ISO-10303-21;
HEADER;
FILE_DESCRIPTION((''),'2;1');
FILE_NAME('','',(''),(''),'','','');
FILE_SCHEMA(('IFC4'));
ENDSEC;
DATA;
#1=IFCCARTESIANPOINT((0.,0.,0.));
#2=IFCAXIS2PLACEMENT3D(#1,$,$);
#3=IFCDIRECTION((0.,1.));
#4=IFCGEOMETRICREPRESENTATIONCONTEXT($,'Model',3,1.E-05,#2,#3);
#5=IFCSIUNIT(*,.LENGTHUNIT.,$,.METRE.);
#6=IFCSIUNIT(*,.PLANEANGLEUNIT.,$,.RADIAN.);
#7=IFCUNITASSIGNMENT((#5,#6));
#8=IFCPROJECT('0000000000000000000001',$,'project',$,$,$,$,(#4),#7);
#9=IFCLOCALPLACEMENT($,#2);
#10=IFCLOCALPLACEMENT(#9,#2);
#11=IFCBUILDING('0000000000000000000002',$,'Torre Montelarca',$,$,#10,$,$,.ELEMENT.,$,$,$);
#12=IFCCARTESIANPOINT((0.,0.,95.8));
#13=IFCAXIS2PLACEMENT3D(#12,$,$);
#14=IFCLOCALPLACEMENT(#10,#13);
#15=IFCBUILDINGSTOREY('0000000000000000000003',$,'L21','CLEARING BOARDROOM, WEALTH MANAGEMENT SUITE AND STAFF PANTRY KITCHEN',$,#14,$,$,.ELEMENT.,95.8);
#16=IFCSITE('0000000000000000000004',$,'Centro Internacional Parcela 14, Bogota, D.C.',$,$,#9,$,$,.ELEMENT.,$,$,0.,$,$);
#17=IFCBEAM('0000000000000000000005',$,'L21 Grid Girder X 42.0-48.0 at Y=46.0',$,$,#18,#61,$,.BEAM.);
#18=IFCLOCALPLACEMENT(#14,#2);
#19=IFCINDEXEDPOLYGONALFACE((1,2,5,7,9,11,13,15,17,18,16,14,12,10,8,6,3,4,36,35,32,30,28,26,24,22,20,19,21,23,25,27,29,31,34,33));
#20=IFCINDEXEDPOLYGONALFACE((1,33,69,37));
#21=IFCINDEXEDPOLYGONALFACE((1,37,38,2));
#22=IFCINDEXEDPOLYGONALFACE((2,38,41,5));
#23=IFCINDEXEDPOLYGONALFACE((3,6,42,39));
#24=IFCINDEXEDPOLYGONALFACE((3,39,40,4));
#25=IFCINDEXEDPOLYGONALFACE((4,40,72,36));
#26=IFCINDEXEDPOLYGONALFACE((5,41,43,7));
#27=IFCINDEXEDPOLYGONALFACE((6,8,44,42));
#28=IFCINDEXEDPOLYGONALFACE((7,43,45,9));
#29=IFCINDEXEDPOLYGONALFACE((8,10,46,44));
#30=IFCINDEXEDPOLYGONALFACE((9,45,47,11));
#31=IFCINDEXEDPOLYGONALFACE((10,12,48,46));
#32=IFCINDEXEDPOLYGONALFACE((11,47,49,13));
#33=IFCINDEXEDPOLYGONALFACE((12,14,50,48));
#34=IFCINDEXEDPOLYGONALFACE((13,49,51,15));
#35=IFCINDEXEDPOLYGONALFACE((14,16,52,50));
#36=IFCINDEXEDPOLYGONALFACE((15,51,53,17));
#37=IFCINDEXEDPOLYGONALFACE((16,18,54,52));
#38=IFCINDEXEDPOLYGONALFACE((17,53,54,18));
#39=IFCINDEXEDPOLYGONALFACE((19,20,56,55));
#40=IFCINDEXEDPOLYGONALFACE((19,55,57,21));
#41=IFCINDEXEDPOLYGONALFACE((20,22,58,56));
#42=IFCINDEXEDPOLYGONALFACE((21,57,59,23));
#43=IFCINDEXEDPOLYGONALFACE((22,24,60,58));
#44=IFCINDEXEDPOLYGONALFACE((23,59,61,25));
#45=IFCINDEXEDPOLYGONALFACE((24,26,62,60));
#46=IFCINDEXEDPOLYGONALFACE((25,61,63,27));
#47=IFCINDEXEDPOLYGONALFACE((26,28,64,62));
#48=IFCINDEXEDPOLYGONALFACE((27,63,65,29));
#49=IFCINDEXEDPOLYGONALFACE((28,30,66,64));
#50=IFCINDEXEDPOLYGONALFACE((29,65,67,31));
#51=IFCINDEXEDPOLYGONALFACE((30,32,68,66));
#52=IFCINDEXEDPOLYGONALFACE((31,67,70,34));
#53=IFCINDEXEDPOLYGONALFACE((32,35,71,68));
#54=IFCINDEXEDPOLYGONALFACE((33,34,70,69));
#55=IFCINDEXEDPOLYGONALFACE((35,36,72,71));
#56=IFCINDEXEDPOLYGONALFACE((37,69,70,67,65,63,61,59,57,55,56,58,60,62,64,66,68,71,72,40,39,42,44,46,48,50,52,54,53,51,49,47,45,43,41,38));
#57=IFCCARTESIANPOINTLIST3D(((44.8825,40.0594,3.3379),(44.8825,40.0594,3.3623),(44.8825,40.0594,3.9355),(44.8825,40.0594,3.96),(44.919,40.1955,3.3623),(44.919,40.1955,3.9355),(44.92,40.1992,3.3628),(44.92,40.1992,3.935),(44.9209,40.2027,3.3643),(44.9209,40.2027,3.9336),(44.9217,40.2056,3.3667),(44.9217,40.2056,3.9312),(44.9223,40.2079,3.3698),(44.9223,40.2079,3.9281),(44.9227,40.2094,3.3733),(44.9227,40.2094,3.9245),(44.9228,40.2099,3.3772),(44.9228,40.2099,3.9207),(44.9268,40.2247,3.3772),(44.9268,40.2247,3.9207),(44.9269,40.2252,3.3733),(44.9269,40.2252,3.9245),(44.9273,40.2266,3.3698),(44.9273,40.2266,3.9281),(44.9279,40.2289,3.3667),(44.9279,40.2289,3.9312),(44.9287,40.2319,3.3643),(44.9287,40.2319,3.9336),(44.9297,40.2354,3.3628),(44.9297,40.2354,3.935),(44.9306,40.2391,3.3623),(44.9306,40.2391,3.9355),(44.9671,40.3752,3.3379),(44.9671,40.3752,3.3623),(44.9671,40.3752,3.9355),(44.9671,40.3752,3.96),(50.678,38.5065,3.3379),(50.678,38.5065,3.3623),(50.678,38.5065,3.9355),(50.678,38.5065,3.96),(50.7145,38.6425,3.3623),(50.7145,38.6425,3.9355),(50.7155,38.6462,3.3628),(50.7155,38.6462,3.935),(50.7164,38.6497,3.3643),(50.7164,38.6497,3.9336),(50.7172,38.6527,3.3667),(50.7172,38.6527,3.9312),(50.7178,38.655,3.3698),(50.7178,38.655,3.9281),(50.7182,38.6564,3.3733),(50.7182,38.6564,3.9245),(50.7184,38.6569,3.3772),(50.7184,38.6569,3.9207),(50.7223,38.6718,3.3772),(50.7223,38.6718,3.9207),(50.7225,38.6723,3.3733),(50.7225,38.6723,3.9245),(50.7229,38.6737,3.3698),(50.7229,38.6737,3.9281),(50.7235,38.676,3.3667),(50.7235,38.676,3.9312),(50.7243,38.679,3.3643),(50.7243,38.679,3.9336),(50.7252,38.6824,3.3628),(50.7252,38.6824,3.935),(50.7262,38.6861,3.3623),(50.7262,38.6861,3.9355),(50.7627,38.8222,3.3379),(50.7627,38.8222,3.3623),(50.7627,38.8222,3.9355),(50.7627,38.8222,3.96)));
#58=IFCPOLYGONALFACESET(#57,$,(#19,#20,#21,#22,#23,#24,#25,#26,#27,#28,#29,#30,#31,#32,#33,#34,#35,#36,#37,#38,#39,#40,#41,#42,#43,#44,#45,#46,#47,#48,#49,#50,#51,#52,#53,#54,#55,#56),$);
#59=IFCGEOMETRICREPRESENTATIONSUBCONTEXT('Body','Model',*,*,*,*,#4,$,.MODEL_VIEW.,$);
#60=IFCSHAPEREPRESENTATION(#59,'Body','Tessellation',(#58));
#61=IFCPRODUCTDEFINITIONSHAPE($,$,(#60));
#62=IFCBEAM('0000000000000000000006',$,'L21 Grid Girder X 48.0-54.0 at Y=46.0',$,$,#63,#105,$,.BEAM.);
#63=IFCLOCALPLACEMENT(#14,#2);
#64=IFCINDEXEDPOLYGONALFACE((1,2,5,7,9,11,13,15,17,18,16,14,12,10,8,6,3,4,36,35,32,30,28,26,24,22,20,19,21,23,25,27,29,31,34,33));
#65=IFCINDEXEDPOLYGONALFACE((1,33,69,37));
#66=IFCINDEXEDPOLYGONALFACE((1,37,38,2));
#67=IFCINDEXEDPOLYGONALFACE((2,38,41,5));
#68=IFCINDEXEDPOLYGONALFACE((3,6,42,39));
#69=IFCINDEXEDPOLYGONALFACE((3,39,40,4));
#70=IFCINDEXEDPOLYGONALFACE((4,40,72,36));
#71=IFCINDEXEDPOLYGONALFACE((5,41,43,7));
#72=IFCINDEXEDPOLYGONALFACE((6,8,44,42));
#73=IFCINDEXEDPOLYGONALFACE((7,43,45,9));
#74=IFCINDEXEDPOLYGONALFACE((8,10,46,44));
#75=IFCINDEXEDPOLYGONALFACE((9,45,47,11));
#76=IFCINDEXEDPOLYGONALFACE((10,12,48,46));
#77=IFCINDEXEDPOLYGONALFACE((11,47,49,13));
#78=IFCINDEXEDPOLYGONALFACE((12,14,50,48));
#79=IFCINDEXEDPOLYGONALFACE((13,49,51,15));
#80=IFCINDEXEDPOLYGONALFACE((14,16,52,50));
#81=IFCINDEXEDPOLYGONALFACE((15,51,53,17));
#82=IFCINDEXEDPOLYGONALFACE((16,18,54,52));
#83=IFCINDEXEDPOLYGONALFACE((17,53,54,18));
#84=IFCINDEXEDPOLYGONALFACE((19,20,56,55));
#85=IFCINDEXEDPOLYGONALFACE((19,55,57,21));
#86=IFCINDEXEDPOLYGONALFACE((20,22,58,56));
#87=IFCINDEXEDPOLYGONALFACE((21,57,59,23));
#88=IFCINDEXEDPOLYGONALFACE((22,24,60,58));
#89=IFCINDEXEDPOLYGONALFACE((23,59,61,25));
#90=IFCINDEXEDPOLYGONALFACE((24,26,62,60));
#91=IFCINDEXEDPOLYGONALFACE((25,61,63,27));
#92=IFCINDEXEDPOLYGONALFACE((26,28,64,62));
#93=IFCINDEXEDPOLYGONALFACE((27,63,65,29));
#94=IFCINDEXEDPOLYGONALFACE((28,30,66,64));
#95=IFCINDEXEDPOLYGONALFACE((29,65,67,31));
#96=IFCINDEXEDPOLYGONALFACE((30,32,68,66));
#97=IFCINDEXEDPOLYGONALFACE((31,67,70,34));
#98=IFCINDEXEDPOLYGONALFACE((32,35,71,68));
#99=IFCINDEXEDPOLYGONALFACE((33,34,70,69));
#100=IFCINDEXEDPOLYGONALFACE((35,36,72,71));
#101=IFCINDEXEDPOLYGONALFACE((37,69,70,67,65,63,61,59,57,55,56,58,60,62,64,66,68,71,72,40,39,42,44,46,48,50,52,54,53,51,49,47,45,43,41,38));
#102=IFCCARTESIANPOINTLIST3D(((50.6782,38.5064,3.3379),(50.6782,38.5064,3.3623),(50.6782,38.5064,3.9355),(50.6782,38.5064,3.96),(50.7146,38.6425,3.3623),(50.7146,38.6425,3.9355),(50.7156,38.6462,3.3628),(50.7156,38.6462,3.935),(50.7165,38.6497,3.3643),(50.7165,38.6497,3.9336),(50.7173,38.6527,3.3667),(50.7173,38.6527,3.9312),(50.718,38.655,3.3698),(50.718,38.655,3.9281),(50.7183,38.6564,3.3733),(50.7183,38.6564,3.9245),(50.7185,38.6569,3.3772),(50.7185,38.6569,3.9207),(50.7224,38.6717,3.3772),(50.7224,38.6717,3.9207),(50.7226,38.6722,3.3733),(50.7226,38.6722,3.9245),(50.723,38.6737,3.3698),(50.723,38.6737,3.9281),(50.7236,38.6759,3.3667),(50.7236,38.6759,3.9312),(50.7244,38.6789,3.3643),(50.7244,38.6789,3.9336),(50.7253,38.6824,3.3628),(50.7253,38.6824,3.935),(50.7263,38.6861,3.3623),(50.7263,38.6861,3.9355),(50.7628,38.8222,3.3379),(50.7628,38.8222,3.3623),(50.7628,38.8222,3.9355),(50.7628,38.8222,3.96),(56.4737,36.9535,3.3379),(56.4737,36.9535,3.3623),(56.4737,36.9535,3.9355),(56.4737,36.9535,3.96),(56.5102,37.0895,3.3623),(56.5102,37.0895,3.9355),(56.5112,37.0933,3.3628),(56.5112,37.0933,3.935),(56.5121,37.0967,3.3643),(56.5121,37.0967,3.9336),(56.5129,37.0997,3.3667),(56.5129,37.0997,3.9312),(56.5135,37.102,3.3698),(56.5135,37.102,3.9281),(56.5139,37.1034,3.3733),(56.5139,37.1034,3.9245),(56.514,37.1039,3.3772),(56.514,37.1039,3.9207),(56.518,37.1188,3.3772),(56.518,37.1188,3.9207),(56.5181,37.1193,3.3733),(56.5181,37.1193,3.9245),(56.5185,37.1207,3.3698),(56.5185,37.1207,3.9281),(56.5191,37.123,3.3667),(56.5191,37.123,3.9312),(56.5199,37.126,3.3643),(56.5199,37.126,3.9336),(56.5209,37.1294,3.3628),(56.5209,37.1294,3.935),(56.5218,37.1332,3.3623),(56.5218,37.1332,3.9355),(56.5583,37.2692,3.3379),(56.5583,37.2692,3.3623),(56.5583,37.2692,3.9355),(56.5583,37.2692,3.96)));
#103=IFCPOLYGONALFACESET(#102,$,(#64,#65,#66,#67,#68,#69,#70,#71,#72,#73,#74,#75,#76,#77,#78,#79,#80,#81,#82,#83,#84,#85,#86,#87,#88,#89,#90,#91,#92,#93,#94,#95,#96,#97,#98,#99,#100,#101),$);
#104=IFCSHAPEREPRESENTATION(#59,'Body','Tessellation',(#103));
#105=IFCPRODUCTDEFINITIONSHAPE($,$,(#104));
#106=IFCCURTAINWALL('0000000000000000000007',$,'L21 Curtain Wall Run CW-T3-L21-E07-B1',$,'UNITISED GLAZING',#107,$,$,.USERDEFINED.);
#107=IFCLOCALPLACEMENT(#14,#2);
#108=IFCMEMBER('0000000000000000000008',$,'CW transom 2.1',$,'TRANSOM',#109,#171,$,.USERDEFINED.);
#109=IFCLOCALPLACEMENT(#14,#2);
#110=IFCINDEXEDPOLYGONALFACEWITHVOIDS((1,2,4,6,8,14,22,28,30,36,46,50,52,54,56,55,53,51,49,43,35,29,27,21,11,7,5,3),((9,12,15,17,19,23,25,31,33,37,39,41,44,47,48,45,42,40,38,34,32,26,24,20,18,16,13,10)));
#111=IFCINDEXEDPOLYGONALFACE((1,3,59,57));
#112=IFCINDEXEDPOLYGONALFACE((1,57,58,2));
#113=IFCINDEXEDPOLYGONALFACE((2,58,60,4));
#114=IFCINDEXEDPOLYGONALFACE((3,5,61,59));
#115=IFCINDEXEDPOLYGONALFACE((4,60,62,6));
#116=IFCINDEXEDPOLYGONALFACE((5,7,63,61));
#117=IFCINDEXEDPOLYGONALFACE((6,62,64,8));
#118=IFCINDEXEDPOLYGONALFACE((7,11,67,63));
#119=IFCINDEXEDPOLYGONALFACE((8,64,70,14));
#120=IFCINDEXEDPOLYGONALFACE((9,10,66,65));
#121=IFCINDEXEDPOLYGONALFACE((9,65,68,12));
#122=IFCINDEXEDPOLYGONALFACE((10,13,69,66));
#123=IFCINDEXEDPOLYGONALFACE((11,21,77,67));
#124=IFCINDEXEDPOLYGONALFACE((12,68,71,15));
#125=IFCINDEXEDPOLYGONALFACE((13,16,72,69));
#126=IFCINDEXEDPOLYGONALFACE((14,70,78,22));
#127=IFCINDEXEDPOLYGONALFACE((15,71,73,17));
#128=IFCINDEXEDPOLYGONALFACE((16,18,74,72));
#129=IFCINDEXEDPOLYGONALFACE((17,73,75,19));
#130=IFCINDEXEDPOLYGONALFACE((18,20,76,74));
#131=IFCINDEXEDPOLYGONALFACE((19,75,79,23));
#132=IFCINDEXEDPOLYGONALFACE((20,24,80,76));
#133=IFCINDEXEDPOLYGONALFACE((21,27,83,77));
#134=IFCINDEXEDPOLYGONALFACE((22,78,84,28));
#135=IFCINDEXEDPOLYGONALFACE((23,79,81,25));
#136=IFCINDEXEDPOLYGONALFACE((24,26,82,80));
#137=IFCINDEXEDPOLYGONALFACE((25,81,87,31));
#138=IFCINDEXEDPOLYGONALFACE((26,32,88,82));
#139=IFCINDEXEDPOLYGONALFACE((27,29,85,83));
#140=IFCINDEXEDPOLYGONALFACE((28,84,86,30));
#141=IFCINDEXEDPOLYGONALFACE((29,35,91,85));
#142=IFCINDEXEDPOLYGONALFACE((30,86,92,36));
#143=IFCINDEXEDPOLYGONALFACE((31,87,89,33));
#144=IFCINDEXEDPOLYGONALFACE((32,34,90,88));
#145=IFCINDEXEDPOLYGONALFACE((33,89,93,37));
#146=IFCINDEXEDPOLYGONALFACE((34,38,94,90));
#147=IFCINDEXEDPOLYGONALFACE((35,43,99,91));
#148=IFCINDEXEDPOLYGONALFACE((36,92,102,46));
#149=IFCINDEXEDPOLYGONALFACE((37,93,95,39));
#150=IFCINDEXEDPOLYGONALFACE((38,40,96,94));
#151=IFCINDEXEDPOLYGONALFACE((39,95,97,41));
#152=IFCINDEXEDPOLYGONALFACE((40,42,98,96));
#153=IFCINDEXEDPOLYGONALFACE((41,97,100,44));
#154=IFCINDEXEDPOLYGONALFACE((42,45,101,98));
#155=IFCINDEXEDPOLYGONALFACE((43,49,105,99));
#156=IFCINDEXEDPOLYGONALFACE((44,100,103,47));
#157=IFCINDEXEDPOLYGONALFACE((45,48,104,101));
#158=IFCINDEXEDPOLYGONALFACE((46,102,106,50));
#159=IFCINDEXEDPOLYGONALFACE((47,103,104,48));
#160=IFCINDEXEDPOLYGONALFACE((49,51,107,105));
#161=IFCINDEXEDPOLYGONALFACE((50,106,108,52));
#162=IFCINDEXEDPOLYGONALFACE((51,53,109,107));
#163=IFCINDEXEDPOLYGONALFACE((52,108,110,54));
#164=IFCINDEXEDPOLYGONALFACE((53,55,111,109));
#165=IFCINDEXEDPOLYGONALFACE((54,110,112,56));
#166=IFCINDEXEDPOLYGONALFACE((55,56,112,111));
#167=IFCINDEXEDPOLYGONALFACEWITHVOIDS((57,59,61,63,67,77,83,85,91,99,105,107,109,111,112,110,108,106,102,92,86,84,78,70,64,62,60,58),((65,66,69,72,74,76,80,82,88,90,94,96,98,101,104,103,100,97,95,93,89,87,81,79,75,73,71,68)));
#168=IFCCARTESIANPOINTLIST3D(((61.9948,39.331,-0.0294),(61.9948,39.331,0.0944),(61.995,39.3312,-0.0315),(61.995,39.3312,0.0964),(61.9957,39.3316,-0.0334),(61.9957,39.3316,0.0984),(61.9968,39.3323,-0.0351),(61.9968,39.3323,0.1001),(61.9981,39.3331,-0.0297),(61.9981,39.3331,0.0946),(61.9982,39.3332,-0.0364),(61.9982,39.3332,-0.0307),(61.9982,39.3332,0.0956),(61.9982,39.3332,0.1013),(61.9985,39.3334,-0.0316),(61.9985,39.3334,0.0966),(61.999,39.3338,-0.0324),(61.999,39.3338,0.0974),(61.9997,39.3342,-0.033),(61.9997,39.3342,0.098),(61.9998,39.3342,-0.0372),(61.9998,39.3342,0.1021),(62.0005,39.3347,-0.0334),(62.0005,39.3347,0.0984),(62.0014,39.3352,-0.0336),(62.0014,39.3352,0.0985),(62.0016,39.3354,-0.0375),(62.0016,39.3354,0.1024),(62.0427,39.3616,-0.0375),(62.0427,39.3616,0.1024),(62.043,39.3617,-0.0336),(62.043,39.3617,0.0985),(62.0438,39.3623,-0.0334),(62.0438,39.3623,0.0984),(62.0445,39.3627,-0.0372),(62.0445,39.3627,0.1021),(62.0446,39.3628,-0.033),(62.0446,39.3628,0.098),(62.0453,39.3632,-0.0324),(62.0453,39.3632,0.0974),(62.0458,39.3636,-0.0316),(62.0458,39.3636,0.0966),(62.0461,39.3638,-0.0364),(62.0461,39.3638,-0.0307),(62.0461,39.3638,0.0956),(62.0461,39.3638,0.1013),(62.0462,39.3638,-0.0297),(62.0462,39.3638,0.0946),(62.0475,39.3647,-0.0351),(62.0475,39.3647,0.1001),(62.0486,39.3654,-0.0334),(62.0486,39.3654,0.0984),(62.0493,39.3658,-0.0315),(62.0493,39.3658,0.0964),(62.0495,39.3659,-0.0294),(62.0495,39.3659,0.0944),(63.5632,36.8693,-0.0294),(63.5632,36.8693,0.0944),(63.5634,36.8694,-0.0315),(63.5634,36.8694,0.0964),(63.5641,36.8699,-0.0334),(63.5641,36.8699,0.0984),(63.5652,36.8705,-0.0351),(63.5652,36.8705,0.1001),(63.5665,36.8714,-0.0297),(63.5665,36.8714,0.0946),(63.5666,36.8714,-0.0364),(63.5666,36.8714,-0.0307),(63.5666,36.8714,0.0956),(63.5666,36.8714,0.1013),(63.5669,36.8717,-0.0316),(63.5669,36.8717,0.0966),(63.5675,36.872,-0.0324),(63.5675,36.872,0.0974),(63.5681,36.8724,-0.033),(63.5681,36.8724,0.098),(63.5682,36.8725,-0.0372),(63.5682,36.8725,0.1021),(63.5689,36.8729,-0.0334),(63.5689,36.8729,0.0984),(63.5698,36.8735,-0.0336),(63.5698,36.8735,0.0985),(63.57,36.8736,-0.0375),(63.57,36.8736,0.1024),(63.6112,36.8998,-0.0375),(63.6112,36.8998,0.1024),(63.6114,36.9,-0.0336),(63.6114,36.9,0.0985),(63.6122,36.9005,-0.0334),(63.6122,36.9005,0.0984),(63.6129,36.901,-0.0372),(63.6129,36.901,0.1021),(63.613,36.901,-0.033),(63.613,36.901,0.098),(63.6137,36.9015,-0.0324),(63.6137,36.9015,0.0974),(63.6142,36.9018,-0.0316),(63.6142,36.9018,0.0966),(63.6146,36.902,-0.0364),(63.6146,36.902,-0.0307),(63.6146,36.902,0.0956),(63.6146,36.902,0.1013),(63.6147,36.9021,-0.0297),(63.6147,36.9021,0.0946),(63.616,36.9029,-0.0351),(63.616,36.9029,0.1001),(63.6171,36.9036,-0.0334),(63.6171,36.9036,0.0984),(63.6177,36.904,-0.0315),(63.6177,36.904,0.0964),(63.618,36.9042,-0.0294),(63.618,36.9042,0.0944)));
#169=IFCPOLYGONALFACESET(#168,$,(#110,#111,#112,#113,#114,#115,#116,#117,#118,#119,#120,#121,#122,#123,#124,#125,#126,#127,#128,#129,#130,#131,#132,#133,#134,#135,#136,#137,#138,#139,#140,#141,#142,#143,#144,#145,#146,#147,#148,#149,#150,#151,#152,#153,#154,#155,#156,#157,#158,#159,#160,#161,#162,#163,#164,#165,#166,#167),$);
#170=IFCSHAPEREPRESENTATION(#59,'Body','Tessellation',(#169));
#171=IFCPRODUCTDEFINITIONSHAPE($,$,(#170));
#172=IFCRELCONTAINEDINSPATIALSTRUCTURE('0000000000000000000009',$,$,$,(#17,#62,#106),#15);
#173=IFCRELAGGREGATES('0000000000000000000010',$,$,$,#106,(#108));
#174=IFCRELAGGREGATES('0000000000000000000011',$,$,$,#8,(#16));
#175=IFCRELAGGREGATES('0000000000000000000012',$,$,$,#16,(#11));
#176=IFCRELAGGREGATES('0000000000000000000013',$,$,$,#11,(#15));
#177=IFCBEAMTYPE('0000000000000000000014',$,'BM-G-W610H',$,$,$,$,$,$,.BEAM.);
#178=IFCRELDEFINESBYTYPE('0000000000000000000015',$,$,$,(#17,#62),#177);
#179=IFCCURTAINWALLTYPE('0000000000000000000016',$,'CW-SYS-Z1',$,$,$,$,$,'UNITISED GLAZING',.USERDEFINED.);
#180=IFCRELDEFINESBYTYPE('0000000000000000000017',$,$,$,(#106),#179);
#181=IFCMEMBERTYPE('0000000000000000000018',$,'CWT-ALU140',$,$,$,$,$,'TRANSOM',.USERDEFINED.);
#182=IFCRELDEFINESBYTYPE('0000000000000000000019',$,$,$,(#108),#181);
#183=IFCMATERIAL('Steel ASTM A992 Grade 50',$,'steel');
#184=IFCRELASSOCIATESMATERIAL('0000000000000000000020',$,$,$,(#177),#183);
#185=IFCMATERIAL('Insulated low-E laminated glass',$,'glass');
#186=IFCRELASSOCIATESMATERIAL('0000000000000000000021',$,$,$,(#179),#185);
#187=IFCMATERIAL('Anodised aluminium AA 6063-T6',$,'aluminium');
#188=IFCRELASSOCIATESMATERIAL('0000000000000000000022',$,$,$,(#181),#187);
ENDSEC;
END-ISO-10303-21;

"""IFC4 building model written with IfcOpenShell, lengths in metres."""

from ifc_helpers import new_model, si_unit, direction, frame, origin, origin_2d, place, context, subcontext, project, spatial, hollow_rectangle, i_section, extrude, source, transform, mapped, material, material_profile, profile_set, type_object, element, aggregate, save


model = new_model("IFC4")

# Units and contexts
model_context = context("Model", 3, precision=1e-05, world=origin(), true_north=direction((0.0, 1.0)))
body_context = subcontext(model_context, "Body", "Model", "MODEL_VIEW")
ifc_project = project(units=[si_unit("LENGTHUNIT", "METRE"), si_unit("PLANEANGLEUNIT", "RADIAN")], contexts=[model_context])

# Site, building, storey
site_placement = place(None, origin())
site = spatial("IfcSite", under=ifc_project, at=site_placement, Name="Centro Internacional Parcela 14, Bogota, D.C.", CompositionType="ELEMENT", RefElevation=0.0)
building_placement = place(site_placement, origin())
building = spatial("IfcBuilding", under=site, at=building_placement, Name="Torre Montelarca", CompositionType="ELEMENT")
storey_placement = place(building_placement, frame((0.0, 0.0, 95.8)))
storey = spatial("IfcBuildingStorey", under=building, at=storey_placement, Name="L21", Description="CLEARING BOARDROOM, WEALTH MANAGEMENT SUITE AND STAFF PANTRY KITCHEN", CompositionType="ELEMENT", Elevation=95.8)

# Shared definitions
ifc_material_1 = material(Name="Steel ASTM A992 Grade 50", Category="steel")

# Beams
ifc_material_profile_1 = material_profile(ifc_material_1, i_section(OverallWidth=0.3269, OverallDepth=0.6221, WebThickness=0.0154, FlangeThickness=0.0244, FilletRadius=0.0149, at=origin_2d()), Name="W610X195", Category="steel")
ifc_profile_set_1 = profile_set([ifc_material_profile_1], Name="Steel ASTM A992 Grade 50")
beam_type = type_object("IfcBeamType", Name="BM-G-W610H", PredefinedType="BEAM", material=ifc_profile_set_1)
shared_shape_1 = source(origin(), body_context, "Body", "SweptSolid", [
    extrude(i_section(OverallWidth=0.3269, OverallDepth=0.6221, WebThickness=0.0154, FlangeThickness=0.0244, FilletRadius=0.0149, at=origin_2d()), origin(), (0.0, 0.0, 1.0), 6.0),
])
for number, where, z_axis, x_axis, name in (
    (1, (44.9248, 40.2173, 3.6489), (0.965924, -0.258825, 0.0), (0.258825, 0.965924, 0.0), "L21 Grid Girder X 42.0-48.0 at Y=46.0"),
    (2, (50.7205, 38.6643, 3.6489), (0.965924, -0.258825, 0.0), (0.258825, 0.965924, 0.0), "L21 Grid Girder X 48.0-54.0 at Y=46.0"),
):
    element("IfcBeam", number, at=place(storey_placement, frame(where, z_axis=z_axis, x_axis=x_axis)), inside=storey, type_object=beam_type, Name=name, PredefinedType="BEAM", context=body_context, shape_type="MappedRepresentation", body=[
        mapped(shared_shape_1, transform((0.0, 0.0, 0.0), scale=1.0)),
    ])

# Curtain wall, member
ifc_material_2 = material(Name="Insulated low-E laminated glass", Category="glass")
curtain_wall_type = type_object("IfcCurtainWallType", Name="CW-SYS-Z1", ElementType="UNITISED GLAZING", PredefinedType="USERDEFINED", material=ifc_material_2)
curtain_wall_1_placement = place(storey_placement, origin())
curtain_wall_1 = element("IfcCurtainWall", 3, at=curtain_wall_1_placement, inside=storey, type_object=curtain_wall_type, Name="L21 Curtain Wall Run CW-T3-L21-E07-B1", ObjectType="UNITISED GLAZING", PredefinedType="USERDEFINED")
ifc_material_3 = material(Name="Anodised aluminium AA 6063-T6", Category="aluminium")
ifc_material_profile_2 = material_profile(ifc_material_3, hollow_rectangle(XDim=0.0649, YDim=0.1399, WallThickness=0.0039, InnerFilletRadius=0.0039, OuterFilletRadius=0.0081, at=origin_2d()), Name="ALU65X140X4", Category="aluminium")
ifc_profile_set_2 = profile_set([ifc_material_profile_2], Name="Anodised aluminium AA 6063-T6")
member_type_1 = type_object("IfcMemberType", Name="CWT-ALU140", ElementType="TRANSOM", PredefinedType="USERDEFINED", material=ifc_profile_set_2)
shared_shape_2 = source(origin(), body_context, "Body", "SweptSolid", [
    extrude(hollow_rectangle(XDim=0.0649, YDim=0.1399, WallThickness=0.0039, InnerFilletRadius=0.0039, OuterFilletRadius=0.0081, at=origin_2d()), origin(), (0.0, 0.0, 1.0), 2.9189),
])
member_1_placement = place(storey_placement, frame((63.5906, 36.8867, 0.0325), z_axis=(-0.537325, 0.843376, 0.0), x_axis=(-0.843376, -0.537325, 0.0)))
member_1 = element("IfcMember", 4, at=member_1_placement, type_object=member_type_1, Name="CW transom 2.1", ObjectType="TRANSOM", PredefinedType="USERDEFINED", context=body_context, shape_type="MappedRepresentation", body=[
    mapped(shared_shape_2, transform((0.0, 0.0, 0.0), scale=1.0)),
])

aggregate(curtain_wall_1, [member_1])

save(model, "model.ifc")
